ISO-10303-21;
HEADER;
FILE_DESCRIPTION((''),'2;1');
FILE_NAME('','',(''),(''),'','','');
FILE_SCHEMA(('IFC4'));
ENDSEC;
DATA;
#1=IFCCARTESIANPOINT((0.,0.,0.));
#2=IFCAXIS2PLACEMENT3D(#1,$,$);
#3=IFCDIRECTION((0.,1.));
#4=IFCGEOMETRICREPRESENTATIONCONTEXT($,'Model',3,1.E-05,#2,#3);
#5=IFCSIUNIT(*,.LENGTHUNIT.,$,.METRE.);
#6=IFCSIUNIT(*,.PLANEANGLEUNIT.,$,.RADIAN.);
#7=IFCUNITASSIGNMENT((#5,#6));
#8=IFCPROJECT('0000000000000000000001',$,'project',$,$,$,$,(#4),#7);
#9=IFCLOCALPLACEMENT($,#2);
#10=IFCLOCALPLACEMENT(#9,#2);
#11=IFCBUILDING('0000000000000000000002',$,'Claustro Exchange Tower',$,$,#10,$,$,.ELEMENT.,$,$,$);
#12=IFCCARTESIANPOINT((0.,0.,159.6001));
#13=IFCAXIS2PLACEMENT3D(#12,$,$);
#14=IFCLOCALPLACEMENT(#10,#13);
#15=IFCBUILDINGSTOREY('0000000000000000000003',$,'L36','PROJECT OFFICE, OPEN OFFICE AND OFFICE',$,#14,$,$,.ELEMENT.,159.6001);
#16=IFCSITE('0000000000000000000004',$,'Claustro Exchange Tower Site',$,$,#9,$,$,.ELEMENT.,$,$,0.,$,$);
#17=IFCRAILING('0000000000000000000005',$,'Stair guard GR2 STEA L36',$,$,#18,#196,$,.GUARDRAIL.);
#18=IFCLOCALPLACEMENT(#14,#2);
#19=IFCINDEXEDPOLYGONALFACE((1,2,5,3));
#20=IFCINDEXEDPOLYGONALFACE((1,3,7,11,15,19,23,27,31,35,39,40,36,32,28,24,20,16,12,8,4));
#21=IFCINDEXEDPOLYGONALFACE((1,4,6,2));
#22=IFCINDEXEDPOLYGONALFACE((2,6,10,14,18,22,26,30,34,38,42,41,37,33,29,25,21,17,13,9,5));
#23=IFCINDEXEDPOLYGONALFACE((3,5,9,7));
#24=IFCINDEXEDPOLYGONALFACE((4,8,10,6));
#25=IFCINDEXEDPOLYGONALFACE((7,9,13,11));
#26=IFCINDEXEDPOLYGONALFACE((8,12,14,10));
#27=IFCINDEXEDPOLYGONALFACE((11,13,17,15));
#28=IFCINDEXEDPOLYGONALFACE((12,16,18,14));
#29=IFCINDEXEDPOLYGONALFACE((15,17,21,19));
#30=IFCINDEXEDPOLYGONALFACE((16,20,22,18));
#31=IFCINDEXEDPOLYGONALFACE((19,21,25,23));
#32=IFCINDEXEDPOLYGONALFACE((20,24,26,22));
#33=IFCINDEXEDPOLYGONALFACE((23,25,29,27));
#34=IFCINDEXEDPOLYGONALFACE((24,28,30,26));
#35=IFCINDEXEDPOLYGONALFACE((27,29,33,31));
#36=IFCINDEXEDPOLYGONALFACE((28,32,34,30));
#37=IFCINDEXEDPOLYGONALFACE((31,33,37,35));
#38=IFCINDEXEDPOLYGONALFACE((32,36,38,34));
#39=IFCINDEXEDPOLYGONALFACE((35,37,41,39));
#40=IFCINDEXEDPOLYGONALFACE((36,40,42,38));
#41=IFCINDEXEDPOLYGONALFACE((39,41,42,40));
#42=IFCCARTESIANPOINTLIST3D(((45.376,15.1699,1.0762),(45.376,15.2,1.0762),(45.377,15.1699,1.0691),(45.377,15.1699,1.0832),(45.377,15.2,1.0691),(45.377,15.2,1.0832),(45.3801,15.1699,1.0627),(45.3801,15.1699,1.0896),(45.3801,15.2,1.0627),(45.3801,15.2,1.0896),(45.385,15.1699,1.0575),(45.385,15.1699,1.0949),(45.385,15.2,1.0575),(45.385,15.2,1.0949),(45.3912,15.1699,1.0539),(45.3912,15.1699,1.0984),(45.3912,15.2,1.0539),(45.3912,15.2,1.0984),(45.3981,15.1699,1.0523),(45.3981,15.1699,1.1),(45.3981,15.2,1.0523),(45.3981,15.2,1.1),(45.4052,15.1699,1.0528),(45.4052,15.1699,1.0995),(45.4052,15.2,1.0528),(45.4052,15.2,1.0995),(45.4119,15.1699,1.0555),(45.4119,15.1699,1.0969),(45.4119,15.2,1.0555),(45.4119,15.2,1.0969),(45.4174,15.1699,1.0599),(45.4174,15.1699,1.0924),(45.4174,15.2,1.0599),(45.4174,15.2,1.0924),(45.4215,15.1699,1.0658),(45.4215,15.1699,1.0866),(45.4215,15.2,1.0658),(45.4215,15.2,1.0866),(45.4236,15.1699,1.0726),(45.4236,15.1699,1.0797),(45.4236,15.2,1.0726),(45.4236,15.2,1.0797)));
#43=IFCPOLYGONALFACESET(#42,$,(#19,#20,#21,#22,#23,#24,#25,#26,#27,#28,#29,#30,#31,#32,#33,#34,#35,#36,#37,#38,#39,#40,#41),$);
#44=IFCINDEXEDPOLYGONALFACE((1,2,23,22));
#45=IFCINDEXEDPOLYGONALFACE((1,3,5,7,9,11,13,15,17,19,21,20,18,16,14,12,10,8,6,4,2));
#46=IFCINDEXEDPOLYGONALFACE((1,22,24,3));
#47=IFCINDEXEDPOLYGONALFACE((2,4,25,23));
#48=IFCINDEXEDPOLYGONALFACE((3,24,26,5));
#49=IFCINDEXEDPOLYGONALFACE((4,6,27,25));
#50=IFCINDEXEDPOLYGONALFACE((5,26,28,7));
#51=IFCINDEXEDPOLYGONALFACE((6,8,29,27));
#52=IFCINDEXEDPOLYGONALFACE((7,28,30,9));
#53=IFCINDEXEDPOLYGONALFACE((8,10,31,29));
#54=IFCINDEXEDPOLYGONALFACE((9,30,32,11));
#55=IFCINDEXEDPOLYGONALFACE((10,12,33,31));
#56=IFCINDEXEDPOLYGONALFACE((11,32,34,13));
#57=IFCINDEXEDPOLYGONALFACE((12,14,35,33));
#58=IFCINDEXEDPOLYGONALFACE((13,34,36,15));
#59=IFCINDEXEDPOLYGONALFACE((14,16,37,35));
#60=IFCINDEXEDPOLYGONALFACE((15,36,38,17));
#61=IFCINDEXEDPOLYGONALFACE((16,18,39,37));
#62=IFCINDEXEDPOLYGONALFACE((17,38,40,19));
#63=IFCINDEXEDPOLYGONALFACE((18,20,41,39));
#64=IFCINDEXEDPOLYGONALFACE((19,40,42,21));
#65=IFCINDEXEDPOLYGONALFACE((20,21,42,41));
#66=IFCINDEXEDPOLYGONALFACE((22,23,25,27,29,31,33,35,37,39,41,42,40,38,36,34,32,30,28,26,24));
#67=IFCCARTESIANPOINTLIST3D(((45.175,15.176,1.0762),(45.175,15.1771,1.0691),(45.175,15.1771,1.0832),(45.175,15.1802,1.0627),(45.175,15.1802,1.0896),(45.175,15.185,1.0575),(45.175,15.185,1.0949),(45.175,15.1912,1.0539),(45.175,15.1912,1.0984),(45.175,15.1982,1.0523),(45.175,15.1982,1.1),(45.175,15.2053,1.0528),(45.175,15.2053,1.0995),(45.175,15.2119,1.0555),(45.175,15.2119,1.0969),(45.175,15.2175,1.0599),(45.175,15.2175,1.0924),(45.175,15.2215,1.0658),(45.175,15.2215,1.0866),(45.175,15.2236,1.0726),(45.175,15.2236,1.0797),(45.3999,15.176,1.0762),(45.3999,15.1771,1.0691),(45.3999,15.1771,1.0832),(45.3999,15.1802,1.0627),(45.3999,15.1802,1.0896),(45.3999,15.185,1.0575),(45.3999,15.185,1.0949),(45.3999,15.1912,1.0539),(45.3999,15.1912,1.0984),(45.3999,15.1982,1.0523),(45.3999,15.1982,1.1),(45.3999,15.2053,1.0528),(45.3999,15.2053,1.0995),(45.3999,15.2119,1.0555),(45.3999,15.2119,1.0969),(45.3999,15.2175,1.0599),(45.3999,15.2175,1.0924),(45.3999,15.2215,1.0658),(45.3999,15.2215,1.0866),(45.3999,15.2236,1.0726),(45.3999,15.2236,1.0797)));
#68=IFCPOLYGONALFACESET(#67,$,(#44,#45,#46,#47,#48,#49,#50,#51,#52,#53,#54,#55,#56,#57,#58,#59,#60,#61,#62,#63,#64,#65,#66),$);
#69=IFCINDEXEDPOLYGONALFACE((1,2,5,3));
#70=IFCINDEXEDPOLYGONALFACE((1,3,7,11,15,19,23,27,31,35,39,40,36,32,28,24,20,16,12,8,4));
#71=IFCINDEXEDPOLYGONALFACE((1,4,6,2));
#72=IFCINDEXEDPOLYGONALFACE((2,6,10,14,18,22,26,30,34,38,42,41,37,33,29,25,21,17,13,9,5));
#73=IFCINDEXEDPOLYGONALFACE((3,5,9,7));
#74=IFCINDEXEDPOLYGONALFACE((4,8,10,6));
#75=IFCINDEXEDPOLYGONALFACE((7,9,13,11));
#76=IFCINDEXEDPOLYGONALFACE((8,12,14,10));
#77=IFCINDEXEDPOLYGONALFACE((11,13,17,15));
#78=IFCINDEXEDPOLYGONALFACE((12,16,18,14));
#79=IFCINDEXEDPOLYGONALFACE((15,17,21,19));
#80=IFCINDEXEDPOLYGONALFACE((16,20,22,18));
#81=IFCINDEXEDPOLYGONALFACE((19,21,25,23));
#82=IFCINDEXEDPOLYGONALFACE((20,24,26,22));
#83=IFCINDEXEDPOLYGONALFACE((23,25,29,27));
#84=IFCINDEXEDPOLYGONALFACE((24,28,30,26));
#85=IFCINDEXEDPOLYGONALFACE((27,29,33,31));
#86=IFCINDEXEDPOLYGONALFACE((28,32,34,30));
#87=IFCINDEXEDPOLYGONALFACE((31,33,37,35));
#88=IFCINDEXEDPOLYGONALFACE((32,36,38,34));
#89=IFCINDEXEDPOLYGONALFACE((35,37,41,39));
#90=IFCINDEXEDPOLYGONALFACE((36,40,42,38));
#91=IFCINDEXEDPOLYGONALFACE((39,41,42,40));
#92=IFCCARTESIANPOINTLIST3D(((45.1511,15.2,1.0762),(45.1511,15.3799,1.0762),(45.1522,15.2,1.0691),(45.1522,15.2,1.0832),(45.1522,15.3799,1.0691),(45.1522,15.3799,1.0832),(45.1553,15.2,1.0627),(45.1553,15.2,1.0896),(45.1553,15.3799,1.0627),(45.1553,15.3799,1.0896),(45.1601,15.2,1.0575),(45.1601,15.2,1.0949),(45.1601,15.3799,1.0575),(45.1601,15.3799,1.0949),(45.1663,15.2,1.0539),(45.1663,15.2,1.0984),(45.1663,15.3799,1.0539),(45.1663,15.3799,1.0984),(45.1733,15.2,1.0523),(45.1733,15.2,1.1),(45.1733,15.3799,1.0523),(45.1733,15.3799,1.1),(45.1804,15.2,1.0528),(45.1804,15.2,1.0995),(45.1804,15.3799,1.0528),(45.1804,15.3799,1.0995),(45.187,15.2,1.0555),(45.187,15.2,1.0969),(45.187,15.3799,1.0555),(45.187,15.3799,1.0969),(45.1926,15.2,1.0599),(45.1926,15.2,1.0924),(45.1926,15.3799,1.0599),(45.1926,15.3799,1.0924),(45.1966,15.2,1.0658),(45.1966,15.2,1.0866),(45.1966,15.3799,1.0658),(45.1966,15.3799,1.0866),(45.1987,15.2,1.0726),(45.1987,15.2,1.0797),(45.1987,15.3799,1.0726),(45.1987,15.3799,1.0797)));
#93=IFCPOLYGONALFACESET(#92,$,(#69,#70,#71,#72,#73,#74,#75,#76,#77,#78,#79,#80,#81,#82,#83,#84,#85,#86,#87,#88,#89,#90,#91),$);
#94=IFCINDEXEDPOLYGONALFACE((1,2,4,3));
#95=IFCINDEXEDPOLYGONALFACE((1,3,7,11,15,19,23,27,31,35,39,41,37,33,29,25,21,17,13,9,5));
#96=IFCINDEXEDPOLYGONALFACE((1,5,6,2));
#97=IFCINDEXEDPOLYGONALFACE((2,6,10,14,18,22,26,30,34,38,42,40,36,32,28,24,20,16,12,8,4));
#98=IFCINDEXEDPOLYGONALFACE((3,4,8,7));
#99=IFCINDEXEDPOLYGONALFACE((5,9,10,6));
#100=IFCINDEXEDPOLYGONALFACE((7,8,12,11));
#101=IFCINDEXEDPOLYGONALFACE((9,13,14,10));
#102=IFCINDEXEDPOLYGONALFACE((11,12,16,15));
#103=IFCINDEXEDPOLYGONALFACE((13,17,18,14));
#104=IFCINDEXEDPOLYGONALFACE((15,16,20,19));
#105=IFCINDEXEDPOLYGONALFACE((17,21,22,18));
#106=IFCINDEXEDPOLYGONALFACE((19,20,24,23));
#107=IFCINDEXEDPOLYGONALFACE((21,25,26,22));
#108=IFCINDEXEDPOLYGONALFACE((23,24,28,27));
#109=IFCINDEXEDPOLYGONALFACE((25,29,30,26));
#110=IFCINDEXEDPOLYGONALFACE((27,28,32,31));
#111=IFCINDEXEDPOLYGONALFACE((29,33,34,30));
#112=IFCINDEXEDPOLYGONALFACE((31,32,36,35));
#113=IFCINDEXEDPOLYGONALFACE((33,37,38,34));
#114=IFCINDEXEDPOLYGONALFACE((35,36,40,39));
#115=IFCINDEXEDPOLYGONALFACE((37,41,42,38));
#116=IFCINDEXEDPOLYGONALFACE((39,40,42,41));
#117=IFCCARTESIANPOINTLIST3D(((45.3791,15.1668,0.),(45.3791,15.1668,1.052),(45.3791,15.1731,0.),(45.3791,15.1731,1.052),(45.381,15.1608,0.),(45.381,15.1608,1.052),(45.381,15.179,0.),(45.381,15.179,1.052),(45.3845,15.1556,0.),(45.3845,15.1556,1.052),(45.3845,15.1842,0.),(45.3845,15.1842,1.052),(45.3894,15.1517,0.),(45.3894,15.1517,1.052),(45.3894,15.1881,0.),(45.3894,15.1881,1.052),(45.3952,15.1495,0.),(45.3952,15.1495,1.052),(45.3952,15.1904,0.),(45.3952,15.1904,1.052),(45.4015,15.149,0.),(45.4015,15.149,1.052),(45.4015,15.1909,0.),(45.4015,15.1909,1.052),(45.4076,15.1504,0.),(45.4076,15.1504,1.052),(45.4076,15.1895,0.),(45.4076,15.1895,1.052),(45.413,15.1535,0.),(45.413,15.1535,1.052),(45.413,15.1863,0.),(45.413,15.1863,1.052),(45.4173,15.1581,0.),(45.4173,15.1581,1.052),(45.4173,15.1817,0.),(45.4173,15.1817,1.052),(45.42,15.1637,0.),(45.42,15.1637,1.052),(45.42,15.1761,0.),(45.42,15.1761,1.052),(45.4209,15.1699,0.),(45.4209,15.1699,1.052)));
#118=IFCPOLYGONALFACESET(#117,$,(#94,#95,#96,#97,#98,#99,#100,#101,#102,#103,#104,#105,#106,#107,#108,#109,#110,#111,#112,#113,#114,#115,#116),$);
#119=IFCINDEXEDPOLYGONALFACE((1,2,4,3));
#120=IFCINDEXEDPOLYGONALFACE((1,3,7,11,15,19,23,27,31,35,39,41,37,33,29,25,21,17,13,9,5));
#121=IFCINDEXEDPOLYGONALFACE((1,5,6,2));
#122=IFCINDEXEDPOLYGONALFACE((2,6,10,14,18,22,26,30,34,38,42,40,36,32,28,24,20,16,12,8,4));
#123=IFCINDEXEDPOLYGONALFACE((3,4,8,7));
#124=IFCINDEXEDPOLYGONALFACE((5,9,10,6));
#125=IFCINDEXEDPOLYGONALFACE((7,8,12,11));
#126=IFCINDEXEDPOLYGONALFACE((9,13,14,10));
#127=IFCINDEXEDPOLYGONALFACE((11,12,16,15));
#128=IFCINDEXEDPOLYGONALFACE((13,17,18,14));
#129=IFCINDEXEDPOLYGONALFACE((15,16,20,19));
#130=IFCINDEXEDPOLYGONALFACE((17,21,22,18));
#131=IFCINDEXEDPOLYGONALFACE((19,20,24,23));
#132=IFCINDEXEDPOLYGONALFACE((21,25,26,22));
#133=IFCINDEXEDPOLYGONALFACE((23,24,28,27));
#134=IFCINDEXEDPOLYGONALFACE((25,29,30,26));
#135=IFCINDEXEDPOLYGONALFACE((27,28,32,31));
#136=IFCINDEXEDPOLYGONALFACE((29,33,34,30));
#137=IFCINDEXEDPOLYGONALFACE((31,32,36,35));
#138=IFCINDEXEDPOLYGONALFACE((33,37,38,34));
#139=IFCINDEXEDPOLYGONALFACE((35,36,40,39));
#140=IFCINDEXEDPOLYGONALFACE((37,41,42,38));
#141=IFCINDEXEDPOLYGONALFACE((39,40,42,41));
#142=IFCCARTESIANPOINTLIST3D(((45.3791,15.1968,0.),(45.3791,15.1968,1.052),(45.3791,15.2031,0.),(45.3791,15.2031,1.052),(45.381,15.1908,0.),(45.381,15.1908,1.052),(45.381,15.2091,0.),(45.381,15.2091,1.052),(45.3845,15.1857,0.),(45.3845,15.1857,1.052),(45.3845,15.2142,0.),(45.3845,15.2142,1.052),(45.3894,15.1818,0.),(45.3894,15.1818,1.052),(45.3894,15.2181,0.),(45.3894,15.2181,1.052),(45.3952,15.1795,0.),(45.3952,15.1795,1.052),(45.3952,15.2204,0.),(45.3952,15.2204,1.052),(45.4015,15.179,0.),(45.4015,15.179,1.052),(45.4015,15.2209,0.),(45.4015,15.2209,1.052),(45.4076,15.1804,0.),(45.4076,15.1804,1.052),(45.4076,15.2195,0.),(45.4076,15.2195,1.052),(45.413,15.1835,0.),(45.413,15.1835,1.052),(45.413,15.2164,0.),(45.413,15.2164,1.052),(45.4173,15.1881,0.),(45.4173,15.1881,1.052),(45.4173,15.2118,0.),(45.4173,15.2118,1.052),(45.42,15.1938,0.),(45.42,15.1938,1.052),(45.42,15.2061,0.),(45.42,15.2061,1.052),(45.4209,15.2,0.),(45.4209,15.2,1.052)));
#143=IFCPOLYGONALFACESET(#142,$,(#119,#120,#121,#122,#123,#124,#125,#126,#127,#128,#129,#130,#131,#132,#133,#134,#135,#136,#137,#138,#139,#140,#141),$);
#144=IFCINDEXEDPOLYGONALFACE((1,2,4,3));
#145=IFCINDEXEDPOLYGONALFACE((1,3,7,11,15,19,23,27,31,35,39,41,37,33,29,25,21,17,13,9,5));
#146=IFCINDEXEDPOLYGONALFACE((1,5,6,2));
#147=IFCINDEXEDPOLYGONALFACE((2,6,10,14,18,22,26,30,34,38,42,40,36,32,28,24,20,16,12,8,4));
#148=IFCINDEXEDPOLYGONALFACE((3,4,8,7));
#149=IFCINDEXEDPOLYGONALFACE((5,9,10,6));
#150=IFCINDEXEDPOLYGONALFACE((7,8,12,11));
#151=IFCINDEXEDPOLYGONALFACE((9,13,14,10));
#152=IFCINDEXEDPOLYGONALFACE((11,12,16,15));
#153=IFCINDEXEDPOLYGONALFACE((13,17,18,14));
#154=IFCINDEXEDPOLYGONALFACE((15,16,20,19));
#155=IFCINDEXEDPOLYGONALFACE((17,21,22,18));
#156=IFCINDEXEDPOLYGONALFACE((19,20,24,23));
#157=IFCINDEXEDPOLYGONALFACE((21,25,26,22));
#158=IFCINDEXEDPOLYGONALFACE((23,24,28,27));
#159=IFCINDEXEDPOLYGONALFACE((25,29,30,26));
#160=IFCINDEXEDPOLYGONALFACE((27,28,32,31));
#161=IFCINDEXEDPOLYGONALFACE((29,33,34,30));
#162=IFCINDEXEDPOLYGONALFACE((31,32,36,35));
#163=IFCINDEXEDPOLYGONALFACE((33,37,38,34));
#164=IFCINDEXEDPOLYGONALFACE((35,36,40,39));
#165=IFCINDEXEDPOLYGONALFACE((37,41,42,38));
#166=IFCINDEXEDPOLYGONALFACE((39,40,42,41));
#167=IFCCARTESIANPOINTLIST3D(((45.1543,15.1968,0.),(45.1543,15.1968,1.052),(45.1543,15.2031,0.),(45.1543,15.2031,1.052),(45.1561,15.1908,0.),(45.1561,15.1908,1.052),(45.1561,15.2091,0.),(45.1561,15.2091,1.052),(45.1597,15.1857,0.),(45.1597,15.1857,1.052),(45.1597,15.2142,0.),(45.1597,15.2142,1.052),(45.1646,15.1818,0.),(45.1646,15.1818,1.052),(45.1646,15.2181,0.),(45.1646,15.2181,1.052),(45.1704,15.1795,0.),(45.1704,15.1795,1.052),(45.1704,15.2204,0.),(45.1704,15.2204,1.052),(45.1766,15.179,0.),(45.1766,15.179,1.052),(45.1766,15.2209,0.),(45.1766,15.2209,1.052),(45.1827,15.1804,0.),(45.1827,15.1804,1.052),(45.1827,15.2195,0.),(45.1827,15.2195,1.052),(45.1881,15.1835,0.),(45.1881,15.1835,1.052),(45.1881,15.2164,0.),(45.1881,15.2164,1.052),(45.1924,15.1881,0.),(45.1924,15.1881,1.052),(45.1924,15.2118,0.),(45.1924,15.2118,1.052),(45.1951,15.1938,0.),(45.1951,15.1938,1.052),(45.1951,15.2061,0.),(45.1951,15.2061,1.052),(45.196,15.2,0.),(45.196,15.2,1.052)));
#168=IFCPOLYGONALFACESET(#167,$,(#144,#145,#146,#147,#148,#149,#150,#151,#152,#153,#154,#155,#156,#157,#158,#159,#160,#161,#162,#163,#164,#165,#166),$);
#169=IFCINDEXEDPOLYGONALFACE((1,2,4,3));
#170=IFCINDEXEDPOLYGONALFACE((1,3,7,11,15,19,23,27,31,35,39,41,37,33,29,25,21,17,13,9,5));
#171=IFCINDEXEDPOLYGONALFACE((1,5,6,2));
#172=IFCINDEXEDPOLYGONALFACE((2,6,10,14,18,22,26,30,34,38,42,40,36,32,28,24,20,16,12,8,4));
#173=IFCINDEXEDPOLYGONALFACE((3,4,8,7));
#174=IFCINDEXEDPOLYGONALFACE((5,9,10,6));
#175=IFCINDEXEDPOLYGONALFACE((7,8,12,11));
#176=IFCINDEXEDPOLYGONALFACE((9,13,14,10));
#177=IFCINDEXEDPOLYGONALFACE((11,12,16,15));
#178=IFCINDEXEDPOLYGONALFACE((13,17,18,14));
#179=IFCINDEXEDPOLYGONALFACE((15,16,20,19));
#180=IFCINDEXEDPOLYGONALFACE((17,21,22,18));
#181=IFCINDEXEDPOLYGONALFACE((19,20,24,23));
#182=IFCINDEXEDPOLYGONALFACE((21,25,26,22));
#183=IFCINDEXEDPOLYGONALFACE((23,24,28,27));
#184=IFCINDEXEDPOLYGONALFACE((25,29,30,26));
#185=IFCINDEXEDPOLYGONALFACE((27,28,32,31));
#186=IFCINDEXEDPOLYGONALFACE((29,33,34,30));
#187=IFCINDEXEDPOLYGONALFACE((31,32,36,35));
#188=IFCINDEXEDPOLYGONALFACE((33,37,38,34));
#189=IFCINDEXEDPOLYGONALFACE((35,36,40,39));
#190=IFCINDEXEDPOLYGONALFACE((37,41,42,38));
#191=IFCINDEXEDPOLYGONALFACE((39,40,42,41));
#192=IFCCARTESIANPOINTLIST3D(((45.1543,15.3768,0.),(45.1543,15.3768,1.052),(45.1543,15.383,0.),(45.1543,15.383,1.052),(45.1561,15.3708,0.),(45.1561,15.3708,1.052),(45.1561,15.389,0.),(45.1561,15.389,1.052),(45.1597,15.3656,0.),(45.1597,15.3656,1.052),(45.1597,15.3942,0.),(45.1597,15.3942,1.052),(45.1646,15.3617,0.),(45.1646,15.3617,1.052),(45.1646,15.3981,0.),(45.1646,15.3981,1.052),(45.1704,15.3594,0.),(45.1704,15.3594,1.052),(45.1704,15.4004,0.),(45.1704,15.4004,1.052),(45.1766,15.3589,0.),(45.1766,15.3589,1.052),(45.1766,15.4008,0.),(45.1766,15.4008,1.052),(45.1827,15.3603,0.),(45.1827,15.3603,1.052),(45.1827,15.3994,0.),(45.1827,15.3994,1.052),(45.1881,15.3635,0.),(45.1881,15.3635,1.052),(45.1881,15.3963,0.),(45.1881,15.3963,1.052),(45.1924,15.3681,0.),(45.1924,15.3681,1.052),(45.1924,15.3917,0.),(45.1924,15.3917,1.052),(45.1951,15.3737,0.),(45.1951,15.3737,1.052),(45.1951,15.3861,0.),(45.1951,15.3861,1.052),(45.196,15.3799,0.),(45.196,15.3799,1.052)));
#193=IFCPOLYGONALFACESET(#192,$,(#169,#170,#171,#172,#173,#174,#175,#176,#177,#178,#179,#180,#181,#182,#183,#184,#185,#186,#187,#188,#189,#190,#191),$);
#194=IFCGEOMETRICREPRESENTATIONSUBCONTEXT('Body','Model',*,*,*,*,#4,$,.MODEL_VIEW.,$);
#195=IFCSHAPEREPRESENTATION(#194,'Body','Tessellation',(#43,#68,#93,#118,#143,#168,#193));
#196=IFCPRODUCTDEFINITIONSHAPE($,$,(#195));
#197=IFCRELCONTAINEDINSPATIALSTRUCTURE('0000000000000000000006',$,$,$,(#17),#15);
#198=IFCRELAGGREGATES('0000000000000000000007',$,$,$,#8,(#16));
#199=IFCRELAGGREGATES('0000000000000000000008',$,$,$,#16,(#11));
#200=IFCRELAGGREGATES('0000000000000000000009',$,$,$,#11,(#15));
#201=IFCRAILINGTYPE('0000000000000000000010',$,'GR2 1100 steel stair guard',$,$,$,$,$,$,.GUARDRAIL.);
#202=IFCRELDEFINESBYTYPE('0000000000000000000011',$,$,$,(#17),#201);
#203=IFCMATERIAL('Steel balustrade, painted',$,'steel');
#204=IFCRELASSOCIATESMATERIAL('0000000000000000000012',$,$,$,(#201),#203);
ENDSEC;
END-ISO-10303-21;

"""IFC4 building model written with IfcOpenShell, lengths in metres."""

from ifc_helpers import new_model, si_unit, direction, frame, origin, origin_2d, place, context, subcontext, project, spatial, circle, extrude, material, type_object, element, save


model = new_model("IFC4")

# Units and contexts
model_context = context("Model", 3, precision=1e-05, world=origin(), true_north=direction((0.0, 1.0)))
body_context = subcontext(model_context, "Body", "Model", "MODEL_VIEW")
ifc_project = project(units=[si_unit("LENGTHUNIT", "METRE"), si_unit("PLANEANGLEUNIT", "RADIAN")], contexts=[model_context])

# Site, building, storey
site_placement = place(None, origin())
site = spatial("IfcSite", under=ifc_project, at=site_placement, Name="Claustro Exchange Tower Site", CompositionType="ELEMENT", RefElevation=0.0)
building_placement = place(site_placement, origin())
building = spatial("IfcBuilding", under=site, at=building_placement, Name="Claustro Exchange Tower", CompositionType="ELEMENT")
storey_placement = place(building_placement, frame((0.0, 0.0, 159.6001)))
storey = spatial("IfcBuildingStorey", under=building, at=storey_placement, Name="L36", Description="PROJECT OFFICE, OPEN OFFICE AND OFFICE", CompositionType="ELEMENT", Elevation=159.6001)

# Railing
ifc_material_1 = material(Name="Steel balustrade, painted", Category="steel")
railing_type_1 = type_object("IfcRailingType", Name="GR2 1100 steel stair guard", PredefinedType="GUARDRAIL", material=ifc_material_1)
railing_1_placement = place(storey_placement, frame((45.3999, 15.1699, 0.0)))
element("IfcRailing", 1, at=railing_1_placement, inside=storey, type_object=railing_type_1, Name="Stair guard GR2 STEA L36", PredefinedType="GUARDRAIL", context=body_context, shape_type="SweptSolid", body=[
    extrude(circle(Radius=0.0239, at=origin_2d()), frame((0.0, 0.0, 1.0762), z_axis=(0.0, 1.0, 0.0), x_axis=(-1.0, 0.0, 0.0)), (0.0, 0.0, 1.0), 0.03),
    extrude(circle(Radius=0.0239, at=origin_2d()), frame((0.0, 0.03, 1.0762), z_axis=(-1.0, 0.0, 0.0), x_axis=(0.0, -1.0, 0.0)), (0.0, 0.0, 1.0), 0.2249),
    extrude(circle(Radius=0.0239, at=origin_2d()), frame((-0.2249, 0.03, 1.0762), z_axis=(0.0, 1.0, 0.0), x_axis=(-1.0, 0.0, 0.0)), (0.0, 0.0, 1.0), 0.1799),
    extrude(circle(Radius=0.021, at=origin_2d()), origin(), (0.0, 0.0, 1.0), 1.052),
    extrude(circle(Radius=0.021, at=origin_2d()), frame((0.0, 0.03, 0.0)), (0.0, 0.0, 1.0), 1.052),
    extrude(circle(Radius=0.021, at=origin_2d()), frame((-0.2249, 0.03, 0.0)), (0.0, 0.0, 1.0), 1.052),
    extrude(circle(Radius=0.021, at=origin_2d()), frame((-0.2249, 0.21, 0.0)), (0.0, 0.0, 1.0), 1.052),
])

save(model, "model.ifc")
